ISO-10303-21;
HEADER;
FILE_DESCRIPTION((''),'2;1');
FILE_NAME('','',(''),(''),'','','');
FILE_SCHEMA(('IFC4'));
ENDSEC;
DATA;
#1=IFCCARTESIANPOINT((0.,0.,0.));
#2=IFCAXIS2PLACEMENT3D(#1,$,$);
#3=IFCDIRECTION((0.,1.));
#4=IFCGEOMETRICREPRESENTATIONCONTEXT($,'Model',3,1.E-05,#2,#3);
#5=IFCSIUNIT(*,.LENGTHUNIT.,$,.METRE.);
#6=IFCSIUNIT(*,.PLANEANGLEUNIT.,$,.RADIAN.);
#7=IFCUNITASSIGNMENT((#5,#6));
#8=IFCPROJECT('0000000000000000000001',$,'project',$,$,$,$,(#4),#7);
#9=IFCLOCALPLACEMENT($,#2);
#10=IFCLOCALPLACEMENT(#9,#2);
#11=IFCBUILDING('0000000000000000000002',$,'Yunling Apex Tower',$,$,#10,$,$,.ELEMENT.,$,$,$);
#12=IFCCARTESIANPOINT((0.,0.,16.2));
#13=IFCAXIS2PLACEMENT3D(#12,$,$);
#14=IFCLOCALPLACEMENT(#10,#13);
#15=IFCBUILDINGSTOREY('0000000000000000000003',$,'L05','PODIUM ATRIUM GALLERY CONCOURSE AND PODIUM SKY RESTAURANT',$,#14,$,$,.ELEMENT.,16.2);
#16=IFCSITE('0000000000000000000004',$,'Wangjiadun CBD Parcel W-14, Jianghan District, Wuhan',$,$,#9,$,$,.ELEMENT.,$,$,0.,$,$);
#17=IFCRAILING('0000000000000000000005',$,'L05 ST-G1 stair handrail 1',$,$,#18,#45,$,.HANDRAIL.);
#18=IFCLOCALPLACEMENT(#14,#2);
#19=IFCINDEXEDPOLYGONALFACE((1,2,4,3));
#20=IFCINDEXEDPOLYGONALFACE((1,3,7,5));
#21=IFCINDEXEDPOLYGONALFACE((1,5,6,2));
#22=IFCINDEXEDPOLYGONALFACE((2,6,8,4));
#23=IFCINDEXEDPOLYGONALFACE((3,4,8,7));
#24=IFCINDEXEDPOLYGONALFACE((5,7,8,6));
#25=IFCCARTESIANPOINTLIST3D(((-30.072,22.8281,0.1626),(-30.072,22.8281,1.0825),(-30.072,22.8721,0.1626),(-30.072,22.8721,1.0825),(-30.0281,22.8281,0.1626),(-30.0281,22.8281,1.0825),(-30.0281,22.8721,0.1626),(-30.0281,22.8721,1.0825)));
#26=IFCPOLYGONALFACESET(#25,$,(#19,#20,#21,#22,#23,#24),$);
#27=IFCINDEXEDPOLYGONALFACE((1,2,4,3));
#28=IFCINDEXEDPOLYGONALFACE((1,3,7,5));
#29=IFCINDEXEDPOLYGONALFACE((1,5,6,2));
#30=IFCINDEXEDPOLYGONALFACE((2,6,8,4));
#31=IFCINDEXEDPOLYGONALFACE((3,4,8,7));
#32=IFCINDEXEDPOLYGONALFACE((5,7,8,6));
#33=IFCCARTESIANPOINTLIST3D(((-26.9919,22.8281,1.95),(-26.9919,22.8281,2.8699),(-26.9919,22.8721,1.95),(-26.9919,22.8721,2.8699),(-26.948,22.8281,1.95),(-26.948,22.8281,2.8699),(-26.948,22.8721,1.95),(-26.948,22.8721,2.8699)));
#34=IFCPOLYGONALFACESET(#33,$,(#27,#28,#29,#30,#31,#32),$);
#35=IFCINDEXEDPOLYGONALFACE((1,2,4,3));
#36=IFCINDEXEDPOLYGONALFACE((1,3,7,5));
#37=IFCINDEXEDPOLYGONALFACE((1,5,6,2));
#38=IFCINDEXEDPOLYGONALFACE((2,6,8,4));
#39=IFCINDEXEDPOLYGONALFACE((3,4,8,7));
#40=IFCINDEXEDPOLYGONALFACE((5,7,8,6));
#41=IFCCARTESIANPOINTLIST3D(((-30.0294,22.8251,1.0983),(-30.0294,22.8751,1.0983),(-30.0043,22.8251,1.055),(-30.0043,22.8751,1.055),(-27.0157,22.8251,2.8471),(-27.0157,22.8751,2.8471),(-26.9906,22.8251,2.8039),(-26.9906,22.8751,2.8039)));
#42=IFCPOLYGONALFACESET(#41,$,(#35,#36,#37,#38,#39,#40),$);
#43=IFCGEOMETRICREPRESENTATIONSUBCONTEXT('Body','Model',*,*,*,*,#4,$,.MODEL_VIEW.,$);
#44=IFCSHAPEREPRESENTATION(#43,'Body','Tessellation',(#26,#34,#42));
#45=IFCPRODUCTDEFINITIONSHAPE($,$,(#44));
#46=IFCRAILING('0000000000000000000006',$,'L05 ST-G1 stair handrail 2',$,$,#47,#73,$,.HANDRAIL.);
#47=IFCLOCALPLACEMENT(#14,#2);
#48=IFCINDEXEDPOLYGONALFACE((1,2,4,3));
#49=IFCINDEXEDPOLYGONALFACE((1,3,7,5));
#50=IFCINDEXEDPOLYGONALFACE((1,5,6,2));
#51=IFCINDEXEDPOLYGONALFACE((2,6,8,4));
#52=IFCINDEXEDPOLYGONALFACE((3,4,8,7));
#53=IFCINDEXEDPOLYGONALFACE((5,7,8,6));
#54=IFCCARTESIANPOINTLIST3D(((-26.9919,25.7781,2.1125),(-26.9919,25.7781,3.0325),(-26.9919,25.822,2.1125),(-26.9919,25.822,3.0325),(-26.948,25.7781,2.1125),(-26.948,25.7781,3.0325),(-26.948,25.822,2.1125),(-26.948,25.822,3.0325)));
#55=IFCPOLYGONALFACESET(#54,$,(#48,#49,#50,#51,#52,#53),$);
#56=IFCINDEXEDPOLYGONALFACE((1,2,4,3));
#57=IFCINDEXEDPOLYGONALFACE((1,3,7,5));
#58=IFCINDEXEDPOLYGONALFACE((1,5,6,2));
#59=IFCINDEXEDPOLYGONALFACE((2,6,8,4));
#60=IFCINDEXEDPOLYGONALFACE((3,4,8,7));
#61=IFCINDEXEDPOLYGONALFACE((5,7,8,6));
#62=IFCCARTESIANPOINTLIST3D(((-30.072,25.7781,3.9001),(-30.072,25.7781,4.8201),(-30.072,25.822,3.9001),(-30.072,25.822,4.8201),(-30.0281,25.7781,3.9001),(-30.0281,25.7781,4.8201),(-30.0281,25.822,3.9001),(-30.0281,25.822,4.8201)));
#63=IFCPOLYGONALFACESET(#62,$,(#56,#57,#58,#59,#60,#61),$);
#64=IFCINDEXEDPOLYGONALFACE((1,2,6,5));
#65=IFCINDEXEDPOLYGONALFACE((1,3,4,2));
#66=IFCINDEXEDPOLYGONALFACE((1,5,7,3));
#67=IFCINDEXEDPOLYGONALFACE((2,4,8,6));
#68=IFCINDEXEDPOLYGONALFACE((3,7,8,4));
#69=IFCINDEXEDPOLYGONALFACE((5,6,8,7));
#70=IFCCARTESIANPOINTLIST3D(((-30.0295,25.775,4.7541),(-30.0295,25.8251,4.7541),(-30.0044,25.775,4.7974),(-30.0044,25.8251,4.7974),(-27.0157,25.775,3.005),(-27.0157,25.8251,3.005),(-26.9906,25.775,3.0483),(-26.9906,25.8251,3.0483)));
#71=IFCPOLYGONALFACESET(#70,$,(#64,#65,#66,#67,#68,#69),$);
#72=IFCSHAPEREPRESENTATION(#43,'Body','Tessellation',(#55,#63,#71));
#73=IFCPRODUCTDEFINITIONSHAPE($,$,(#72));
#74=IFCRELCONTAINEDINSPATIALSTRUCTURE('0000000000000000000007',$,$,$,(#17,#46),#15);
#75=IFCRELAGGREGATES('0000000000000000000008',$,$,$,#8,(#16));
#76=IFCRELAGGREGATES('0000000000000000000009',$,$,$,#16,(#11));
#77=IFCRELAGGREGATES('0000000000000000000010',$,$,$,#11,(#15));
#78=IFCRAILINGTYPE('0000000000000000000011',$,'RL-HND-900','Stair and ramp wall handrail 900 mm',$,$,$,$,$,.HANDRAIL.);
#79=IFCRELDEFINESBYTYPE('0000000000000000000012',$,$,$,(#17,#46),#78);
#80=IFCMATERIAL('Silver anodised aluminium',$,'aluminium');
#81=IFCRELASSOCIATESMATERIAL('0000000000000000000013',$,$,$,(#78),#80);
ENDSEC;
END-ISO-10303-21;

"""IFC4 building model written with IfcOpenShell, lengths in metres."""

from ifc_helpers import new_model, si_unit, direction, frame, origin, origin_2d, place, context, subcontext, project, spatial, rectangle, extrude, material, type_object, element, save


model = new_model("IFC4")

# Units and contexts
model_context = context("Model", 3, precision=1e-05, world=origin(), true_north=direction((0.0, 1.0)))
body_context = subcontext(model_context, "Body", "Model", "MODEL_VIEW")
ifc_project = project(units=[si_unit("LENGTHUNIT", "METRE"), si_unit("PLANEANGLEUNIT", "RADIAN")], contexts=[model_context])

# Site, building, storey
site_placement = place(None, origin())
site = spatial("IfcSite", under=ifc_project, at=site_placement, Name="Wangjiadun CBD Parcel W-14, Jianghan District, Wuhan", CompositionType="ELEMENT", RefElevation=0.0)
building_placement = place(site_placement, origin())
building = spatial("IfcBuilding", under=site, at=building_placement, Name="Yunling Apex Tower", CompositionType="ELEMENT")
storey_placement = place(building_placement, frame((0.0, 0.0, 16.2)))
storey = spatial("IfcBuildingStorey", under=building, at=storey_placement, Name="L05", Description="PODIUM ATRIUM GALLERY CONCOURSE AND PODIUM SKY RESTAURANT", CompositionType="ELEMENT", Elevation=16.2)

# Railings
ifc_material_1 = material(Name="Silver anodised aluminium", Category="aluminium")
railing_type_1 = type_object("IfcRailingType", Name="RL-HND-900", Description="Stair and ramp wall handrail 900 mm", PredefinedType="HANDRAIL", material=ifc_material_1)
railing_1_placement = place(storey_placement, frame((-30.05, 22.8501, 0.1626)))
element("IfcRailing", 1, at=railing_1_placement, inside=storey, type_object=railing_type_1, Name="L05 ST-G1 stair handrail 1", PredefinedType="HANDRAIL", context=body_context, shape_type="SweptSolid", body=[
    extrude(rectangle(XDim=0.0439, YDim=0.0439, at=origin_2d()), origin(), (0.0, 0.0, 1.0), 0.9199),
    extrude(rectangle(XDim=0.0439, YDim=0.0439, at=origin_2d()), frame((3.0801, 0.0, 1.7874)), (0.0, 0.0, 1.0), 0.9199),
    extrude(rectangle(XDim=0.05, YDim=0.05, at=origin_2d()), frame((0.0332, 0.0, 0.9141), z_axis=(0.86492, 0.0, 0.501909), x_axis=(0.0, 1.0, 0.0)), (0.0, 0.0, 1.0), 3.4844),
])
railing_2_placement = place(storey_placement, frame((-26.97, 25.8, 2.1125)))
element("IfcRailing", 2, at=railing_2_placement, inside=storey, type_object=railing_type_1, Name="L05 ST-G1 stair handrail 2", PredefinedType="HANDRAIL", context=body_context, shape_type="SweptSolid", body=[
    extrude(rectangle(XDim=0.0439, YDim=0.0439, at=origin_2d()), origin(), (0.0, 0.0, 1.0), 0.9199),
    extrude(rectangle(XDim=0.0439, YDim=0.0439, at=origin_2d()), frame((-3.0801, 0.0, 1.7876)), (0.0, 0.0, 1.0), 0.9199),
    extrude(rectangle(XDim=0.05, YDim=0.05, at=origin_2d()), frame((-0.0332, 0.0, 0.9141), z_axis=(-0.864891, 0.0, 0.50196), x_axis=(0.0, -1.0, 0.0)), (0.0, 0.0, 1.0), 3.4846),
])

save(model, "model.ifc")
